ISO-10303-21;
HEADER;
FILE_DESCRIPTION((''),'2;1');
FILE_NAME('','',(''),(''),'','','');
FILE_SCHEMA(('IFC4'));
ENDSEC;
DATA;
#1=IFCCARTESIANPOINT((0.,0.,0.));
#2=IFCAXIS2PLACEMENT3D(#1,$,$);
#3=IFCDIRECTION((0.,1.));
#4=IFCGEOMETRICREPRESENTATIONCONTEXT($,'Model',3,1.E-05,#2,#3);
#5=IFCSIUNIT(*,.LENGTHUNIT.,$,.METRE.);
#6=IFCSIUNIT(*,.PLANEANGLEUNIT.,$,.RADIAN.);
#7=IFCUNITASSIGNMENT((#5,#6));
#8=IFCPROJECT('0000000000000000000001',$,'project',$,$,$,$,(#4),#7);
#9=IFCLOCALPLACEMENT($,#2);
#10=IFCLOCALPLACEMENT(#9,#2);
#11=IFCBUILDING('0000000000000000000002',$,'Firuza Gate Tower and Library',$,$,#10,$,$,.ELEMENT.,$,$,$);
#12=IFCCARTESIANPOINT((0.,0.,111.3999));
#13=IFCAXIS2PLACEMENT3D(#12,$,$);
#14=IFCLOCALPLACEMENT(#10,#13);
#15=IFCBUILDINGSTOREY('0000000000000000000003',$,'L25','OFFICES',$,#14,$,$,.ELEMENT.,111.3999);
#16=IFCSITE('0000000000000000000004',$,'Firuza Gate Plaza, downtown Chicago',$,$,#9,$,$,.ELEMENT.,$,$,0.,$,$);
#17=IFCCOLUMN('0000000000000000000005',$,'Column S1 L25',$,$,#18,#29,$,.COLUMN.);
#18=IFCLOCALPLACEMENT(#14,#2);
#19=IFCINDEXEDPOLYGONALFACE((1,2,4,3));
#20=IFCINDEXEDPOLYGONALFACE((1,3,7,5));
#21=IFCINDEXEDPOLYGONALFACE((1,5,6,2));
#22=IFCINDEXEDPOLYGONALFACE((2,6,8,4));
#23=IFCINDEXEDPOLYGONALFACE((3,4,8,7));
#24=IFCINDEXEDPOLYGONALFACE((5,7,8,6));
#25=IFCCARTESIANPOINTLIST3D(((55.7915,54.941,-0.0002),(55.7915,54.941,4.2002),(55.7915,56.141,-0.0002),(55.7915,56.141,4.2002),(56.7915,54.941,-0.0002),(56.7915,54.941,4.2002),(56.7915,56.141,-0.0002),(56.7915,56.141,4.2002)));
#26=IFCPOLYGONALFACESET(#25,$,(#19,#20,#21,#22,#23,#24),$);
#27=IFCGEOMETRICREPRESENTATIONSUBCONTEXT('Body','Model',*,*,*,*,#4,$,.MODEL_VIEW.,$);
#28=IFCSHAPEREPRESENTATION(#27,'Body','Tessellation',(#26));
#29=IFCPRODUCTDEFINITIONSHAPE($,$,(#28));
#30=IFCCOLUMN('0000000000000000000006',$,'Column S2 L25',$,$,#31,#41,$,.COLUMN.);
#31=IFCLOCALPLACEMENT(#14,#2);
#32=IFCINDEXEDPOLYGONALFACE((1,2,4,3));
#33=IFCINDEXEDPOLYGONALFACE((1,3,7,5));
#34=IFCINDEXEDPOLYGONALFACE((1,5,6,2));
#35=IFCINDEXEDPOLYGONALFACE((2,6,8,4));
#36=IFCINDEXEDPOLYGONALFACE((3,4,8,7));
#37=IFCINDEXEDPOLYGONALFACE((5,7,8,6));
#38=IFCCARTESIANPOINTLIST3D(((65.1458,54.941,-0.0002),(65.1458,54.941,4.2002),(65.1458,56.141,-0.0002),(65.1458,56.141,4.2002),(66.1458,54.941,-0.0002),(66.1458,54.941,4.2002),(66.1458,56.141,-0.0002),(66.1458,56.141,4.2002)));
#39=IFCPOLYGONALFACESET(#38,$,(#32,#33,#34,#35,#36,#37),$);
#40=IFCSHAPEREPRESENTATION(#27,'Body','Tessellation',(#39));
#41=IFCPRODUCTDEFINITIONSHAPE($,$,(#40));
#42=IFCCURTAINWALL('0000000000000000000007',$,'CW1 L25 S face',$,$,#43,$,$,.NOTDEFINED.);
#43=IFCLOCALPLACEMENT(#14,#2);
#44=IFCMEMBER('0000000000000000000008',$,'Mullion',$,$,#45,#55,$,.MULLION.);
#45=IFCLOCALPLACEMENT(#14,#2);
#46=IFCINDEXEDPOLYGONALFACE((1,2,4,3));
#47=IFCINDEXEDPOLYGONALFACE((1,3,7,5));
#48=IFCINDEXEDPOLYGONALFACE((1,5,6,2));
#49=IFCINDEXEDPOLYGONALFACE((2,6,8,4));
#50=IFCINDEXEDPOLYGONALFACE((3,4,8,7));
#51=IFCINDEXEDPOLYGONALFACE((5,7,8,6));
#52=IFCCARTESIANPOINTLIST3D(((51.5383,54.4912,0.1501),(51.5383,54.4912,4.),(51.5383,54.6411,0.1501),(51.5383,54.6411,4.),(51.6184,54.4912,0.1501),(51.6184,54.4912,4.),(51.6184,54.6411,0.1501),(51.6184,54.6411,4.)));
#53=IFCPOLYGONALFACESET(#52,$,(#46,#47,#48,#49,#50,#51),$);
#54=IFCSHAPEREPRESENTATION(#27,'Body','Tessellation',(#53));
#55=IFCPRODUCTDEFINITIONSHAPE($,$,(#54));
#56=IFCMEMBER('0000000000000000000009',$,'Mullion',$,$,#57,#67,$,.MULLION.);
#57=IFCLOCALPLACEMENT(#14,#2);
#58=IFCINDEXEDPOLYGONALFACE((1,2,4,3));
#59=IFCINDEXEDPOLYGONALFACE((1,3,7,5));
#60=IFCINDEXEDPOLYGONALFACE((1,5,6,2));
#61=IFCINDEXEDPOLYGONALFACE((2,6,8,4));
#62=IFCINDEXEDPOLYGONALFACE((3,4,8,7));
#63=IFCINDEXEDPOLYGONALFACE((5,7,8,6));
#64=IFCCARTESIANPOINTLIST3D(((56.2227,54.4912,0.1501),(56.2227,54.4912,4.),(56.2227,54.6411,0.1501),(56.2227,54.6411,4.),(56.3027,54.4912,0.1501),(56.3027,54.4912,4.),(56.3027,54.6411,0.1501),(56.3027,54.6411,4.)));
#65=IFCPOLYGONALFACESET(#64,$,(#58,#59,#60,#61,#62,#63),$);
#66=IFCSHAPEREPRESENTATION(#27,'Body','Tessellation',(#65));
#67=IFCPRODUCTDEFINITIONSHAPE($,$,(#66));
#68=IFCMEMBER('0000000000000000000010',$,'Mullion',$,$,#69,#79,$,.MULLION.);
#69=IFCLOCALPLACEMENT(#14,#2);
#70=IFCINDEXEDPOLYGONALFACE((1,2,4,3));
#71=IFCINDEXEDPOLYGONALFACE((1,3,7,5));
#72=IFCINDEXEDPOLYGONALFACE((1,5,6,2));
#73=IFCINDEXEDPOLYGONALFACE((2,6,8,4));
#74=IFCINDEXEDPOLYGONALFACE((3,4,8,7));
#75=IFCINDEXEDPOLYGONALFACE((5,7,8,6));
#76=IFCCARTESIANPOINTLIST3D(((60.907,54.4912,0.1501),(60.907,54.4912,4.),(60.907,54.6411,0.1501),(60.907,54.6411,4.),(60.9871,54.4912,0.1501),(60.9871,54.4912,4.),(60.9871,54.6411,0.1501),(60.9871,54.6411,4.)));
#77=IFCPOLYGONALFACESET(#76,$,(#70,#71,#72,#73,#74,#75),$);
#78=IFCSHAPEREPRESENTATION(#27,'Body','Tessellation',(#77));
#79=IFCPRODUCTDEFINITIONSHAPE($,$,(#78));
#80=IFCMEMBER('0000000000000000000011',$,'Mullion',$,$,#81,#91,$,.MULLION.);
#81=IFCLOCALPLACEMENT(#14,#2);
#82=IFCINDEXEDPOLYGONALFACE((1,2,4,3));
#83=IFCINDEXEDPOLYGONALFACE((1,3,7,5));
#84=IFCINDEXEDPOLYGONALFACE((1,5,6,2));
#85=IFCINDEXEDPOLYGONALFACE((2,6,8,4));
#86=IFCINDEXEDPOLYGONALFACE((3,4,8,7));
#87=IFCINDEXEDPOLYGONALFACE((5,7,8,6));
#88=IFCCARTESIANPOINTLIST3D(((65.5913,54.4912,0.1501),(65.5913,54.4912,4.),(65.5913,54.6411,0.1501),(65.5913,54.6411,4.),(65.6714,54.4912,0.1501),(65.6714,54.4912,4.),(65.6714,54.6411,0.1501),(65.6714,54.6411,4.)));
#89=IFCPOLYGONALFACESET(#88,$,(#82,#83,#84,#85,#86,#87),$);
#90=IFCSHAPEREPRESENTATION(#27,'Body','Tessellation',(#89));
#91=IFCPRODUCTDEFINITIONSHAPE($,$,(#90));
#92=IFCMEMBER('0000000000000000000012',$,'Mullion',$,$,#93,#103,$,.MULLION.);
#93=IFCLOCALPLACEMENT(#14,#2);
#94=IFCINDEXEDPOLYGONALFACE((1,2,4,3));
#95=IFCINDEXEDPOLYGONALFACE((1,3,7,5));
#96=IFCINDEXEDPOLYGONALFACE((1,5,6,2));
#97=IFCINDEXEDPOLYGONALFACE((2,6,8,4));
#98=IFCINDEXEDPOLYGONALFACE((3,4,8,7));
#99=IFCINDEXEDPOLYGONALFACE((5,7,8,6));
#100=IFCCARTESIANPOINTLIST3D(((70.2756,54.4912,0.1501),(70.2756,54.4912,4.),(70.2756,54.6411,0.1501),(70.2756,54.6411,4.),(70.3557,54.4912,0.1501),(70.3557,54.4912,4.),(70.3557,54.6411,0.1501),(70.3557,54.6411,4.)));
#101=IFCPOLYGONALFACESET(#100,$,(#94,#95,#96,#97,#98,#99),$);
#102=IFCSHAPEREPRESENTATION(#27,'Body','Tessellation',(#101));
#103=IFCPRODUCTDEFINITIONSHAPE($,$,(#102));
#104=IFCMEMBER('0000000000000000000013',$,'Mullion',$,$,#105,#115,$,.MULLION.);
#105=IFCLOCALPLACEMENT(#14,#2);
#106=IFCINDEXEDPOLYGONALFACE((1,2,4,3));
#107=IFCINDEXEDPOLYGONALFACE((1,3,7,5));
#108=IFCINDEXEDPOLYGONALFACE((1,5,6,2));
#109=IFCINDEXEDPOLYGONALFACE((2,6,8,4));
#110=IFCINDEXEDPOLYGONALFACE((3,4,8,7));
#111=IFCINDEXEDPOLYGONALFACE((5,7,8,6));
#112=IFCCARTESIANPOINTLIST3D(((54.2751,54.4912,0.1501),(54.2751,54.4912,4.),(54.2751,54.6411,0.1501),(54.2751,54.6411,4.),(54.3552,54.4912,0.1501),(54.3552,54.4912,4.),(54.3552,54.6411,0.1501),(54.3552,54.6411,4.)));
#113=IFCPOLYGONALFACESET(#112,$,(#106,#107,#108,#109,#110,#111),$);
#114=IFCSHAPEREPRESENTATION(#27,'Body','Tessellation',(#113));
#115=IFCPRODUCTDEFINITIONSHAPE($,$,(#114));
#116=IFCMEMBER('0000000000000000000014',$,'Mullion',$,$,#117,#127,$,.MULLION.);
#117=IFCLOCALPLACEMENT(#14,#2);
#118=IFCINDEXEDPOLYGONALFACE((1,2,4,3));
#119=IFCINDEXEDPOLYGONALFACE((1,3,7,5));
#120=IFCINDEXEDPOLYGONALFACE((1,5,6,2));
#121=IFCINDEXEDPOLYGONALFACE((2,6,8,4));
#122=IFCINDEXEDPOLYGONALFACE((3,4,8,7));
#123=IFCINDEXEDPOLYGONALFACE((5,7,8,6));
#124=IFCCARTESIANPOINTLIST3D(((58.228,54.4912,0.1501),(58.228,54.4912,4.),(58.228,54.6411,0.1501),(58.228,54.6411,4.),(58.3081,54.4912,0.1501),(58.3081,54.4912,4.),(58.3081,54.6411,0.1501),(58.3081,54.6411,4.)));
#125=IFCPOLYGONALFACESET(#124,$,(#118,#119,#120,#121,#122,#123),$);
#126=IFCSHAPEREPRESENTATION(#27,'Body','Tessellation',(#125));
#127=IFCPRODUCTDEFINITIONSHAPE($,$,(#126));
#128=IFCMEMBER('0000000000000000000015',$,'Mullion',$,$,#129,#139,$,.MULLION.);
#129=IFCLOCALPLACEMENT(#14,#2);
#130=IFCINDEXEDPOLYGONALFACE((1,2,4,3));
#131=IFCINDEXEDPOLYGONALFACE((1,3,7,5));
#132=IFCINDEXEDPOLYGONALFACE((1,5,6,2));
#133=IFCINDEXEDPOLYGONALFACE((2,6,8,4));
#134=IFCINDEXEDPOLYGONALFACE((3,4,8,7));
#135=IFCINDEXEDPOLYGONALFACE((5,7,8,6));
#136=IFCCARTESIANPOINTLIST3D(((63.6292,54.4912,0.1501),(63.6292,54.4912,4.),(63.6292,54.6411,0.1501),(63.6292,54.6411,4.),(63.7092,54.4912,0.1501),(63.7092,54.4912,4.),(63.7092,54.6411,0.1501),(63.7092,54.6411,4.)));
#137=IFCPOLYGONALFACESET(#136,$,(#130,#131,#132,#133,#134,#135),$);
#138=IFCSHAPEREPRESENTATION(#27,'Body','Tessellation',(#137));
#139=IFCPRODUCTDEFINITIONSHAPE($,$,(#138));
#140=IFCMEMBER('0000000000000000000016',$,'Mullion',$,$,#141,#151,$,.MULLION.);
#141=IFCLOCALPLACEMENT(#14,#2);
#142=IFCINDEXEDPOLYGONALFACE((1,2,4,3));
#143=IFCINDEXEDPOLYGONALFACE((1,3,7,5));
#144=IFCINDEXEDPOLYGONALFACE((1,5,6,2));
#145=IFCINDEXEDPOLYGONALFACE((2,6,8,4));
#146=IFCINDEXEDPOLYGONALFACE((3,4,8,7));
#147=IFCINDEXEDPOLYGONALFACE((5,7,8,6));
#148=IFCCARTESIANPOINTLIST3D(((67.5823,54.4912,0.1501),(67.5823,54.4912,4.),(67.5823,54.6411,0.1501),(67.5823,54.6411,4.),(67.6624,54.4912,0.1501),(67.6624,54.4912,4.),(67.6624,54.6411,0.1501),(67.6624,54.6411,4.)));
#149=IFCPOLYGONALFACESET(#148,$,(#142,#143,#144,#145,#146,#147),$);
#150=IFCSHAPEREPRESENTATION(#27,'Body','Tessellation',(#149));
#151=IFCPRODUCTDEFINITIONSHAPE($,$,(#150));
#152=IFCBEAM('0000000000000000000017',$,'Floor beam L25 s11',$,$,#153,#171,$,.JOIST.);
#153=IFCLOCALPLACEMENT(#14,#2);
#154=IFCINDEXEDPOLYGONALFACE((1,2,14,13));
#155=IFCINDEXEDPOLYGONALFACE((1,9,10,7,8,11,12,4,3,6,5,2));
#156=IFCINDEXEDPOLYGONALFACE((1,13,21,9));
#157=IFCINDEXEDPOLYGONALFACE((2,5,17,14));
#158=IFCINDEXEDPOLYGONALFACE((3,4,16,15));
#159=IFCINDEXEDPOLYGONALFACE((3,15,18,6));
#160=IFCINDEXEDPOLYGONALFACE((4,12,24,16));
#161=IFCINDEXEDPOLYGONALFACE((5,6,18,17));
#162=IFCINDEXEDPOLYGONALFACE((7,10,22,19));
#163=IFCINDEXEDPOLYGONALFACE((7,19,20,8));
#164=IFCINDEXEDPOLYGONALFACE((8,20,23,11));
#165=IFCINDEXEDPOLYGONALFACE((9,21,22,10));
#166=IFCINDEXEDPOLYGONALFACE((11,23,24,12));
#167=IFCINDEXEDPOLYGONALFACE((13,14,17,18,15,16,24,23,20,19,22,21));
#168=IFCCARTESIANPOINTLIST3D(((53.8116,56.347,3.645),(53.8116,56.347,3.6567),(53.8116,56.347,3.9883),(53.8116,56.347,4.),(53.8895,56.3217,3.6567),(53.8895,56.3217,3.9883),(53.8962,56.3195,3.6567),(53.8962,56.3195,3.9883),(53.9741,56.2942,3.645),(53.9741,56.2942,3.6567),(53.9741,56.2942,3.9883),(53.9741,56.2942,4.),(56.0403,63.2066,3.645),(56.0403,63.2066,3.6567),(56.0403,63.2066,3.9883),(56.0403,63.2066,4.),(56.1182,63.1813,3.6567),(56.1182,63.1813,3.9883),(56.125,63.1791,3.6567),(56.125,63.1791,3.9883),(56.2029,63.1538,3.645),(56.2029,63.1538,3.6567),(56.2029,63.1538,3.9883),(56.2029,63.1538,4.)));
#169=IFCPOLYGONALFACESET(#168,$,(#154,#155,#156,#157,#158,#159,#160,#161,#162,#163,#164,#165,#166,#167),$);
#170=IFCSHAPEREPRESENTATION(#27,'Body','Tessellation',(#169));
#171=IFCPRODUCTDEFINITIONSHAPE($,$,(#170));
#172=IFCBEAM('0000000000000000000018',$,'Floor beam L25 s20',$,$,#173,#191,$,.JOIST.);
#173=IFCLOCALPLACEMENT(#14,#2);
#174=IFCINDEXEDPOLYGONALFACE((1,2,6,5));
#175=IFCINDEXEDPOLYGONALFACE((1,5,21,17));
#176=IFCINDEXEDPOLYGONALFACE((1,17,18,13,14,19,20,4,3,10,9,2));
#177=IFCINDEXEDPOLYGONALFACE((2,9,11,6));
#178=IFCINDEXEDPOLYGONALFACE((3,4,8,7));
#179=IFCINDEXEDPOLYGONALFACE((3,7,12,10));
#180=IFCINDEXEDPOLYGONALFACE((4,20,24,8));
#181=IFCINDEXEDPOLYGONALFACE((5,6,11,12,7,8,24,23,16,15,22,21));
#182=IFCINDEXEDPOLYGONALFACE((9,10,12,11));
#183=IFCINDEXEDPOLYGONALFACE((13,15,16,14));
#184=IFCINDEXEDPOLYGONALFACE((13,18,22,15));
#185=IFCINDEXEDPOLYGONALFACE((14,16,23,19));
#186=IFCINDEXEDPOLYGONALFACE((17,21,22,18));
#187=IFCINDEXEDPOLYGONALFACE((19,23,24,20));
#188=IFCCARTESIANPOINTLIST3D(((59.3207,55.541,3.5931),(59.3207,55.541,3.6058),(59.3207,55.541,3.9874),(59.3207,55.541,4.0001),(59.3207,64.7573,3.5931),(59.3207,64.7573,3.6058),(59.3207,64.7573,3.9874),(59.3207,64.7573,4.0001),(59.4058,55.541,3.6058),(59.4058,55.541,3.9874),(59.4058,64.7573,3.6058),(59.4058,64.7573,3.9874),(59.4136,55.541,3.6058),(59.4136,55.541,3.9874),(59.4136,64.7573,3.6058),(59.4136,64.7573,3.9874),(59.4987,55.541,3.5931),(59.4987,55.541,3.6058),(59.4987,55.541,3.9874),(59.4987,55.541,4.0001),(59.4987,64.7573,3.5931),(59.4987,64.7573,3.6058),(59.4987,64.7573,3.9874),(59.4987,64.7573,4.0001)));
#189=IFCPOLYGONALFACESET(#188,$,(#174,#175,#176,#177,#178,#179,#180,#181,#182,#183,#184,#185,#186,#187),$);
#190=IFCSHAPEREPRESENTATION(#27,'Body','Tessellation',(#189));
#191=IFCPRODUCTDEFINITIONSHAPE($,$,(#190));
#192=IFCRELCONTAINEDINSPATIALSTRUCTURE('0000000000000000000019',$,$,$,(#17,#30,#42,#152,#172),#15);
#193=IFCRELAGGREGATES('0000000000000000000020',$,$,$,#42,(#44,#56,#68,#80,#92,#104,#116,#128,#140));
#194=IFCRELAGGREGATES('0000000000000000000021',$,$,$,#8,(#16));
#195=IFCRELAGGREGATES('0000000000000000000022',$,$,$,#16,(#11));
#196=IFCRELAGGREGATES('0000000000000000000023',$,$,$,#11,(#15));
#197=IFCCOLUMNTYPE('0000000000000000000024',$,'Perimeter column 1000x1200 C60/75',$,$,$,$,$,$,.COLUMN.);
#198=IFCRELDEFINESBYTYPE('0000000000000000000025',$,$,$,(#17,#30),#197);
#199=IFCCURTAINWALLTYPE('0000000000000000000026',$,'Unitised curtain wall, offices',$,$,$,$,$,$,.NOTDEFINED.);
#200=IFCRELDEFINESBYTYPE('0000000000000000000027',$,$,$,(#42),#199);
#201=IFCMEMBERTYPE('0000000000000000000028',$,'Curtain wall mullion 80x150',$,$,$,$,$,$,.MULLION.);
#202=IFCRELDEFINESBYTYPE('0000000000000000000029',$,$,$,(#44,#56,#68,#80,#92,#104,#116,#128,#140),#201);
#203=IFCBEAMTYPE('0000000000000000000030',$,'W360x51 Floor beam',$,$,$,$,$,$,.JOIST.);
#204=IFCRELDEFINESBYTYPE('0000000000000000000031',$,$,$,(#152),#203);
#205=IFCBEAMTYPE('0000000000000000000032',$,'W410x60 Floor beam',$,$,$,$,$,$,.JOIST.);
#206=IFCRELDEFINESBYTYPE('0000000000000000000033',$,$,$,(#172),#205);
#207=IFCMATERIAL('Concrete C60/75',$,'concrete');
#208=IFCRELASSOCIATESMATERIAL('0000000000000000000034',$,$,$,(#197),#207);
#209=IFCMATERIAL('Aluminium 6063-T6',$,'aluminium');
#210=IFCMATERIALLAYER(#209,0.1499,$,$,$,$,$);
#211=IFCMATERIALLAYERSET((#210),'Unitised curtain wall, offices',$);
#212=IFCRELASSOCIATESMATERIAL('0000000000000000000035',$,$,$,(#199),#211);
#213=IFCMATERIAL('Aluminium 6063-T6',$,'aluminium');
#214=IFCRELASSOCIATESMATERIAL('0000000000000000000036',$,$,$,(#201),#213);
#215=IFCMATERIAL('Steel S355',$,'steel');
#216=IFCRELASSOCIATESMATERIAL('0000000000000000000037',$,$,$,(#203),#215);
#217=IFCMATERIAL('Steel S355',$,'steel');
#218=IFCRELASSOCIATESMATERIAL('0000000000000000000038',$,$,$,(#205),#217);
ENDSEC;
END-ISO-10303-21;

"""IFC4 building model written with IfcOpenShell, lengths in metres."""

from ifc_helpers import new_model, si_unit, direction, frame, origin, origin_2d, place, context, subcontext, project, spatial, rectangle, i_section, extrude, material, layer, layer_set, material_profile, profile_set, type_object, element, aggregate, save


model = new_model("IFC4")

# Units and contexts
model_context = context("Model", 3, precision=1e-05, world=origin(), true_north=direction((0.0, 1.0)))
body_context = subcontext(model_context, "Body", "Model", "MODEL_VIEW")
ifc_project = project(units=[si_unit("LENGTHUNIT", "METRE"), si_unit("PLANEANGLEUNIT", "RADIAN")], contexts=[model_context])

# Site, building, storey
site_placement = place(None, origin())
site = spatial("IfcSite", under=ifc_project, at=site_placement, Name="Firuza Gate Plaza, downtown Chicago", CompositionType="ELEMENT", RefElevation=0.0)
building_placement = place(site_placement, origin())
building = spatial("IfcBuilding", under=site, at=building_placement, Name="Firuza Gate Tower and Library", CompositionType="ELEMENT")
storey_placement = place(building_placement, frame((0.0, 0.0, 111.3999)))
storey = spatial("IfcBuildingStorey", under=building, at=storey_placement, Name="L25", Description="OFFICES", CompositionType="ELEMENT", Elevation=111.3999)

# Columns
ifc_material_1 = material(Name="Concrete C60/75", Category="concrete")
ifc_material_profile_1 = material_profile(ifc_material_1, rectangle(XDim=1.0, YDim=1.2, at=origin_2d()))
ifc_profile_set_1 = profile_set([ifc_material_profile_1], Name="Concrete C60/75")
column_type = type_object("IfcColumnType", Name="Perimeter column 1000x1200 C60/75", PredefinedType="COLUMN", material=ifc_profile_set_1)
for number, where, z_axis, x_axis, name in (
    (1, (56.2915, 55.541, -0.0002), (0.0, 0.0, 1.0), (1.0, 0.0, 0.0), "Column S1 L25"),
    (2, (65.6458, 55.541, -0.0002), (0.0, 0.0, 1.0), (1.0, 0.0, 0.0), "Column S2 L25"),
):
    element("IfcColumn", number, at=place(storey_placement, frame(where, z_axis=z_axis, x_axis=x_axis)), inside=storey, type_object=column_type, Name=name, PredefinedType="COLUMN", context=body_context, shape_type="SweptSolid", body=[
        extrude(rectangle(XDim=1.0, YDim=1.2, at=origin_2d()), origin(), (0.0, 0.0, 1.0), 4.2004),
    ])

# Curtain wall, members
ifc_material_2 = material(Name="Aluminium 6063-T6", Category="aluminium")
ifc_layer_1 = layer(ifc_material_2, 0.1499)
ifc_layer_set_1 = layer_set([ifc_layer_1], Name="Unitised curtain wall, offices")
curtain_wall_type = type_object("IfcCurtainWallType", Name="Unitised curtain wall, offices", PredefinedType="NOTDEFINED", material=ifc_layer_set_1)
curtain_wall_placement = place(storey_placement, origin())
curtain_wall = element("IfcCurtainWall", 3, at=curtain_wall_placement, inside=storey, type_object=curtain_wall_type, Name="CW1 L25 S face", PredefinedType="NOTDEFINED")
ifc_material_3 = material(Name="Aluminium 6063-T6", Category="aluminium")
ifc_material_profile_2 = material_profile(ifc_material_3, rectangle(XDim=0.1499, YDim=0.0801, at=origin_2d()))
ifc_profile_set_2 = profile_set([ifc_material_profile_2], Name="Aluminium 6063-T6")
member_type = type_object("IfcMemberType", Name="Curtain wall mullion 80x150", PredefinedType="MULLION", material=ifc_profile_set_2)
member_1_placement = place(storey_placement, frame((51.5784, 54.5662, 0.1501), z_axis=(0.0, 0.0, 1.0), x_axis=(0.0, 1.0, 0.0)))
member_1 = element("IfcMember", 4, at=member_1_placement, type_object=member_type, Name="Mullion", PredefinedType="MULLION", context=body_context, shape_type="SweptSolid", body=[
    extrude(rectangle(XDim=0.1499, YDim=0.0801, at=origin_2d()), origin(), (0.0, 0.0, 1.0), 3.8499),
])
member_2_placement = place(storey_placement, frame((56.2627, 54.5662, 0.1501), z_axis=(0.0, 0.0, 1.0), x_axis=(0.0, 1.0, 0.0)))
member_2 = element("IfcMember", 5, at=member_2_placement, type_object=member_type, Name="Mullion", PredefinedType="MULLION", context=body_context, shape_type="SweptSolid", body=[
    extrude(rectangle(XDim=0.1499, YDim=0.0801, at=origin_2d()), origin(), (0.0, 0.0, 1.0), 3.8499),
])
member_3_placement = place(storey_placement, frame((60.947, 54.5662, 0.1501), z_axis=(0.0, 0.0, 1.0), x_axis=(0.0, 1.0, 0.0)))
member_3 = element("IfcMember", 6, at=member_3_placement, type_object=member_type, Name="Mullion", PredefinedType="MULLION", context=body_context, shape_type="SweptSolid", body=[
    extrude(rectangle(XDim=0.1499, YDim=0.0801, at=origin_2d()), origin(), (0.0, 0.0, 1.0), 3.8499),
])
member_4_placement = place(storey_placement, frame((65.6313, 54.5662, 0.1501), z_axis=(0.0, 0.0, 1.0), x_axis=(0.0, 1.0, 0.0)))
member_4 = element("IfcMember", 7, at=member_4_placement, type_object=member_type, Name="Mullion", PredefinedType="MULLION", context=body_context, shape_type="SweptSolid", body=[
    extrude(rectangle(XDim=0.1499, YDim=0.0801, at=origin_2d()), origin(), (0.0, 0.0, 1.0), 3.8499),
])
member_5_placement = place(storey_placement, frame((70.3157, 54.5662, 0.1501), z_axis=(0.0, 0.0, 1.0), x_axis=(0.0, 1.0, 0.0)))
member_5 = element("IfcMember", 8, at=member_5_placement, type_object=member_type, Name="Mullion", PredefinedType="MULLION", context=body_context, shape_type="SweptSolid", body=[
    extrude(rectangle(XDim=0.1499, YDim=0.0801, at=origin_2d()), origin(), (0.0, 0.0, 1.0), 3.8499),
])
member_6_placement = place(storey_placement, frame((54.3152, 54.5662, 0.1501), z_axis=(0.0, 0.0, 1.0), x_axis=(0.0, 1.0, 0.0)))
member_6 = element("IfcMember", 9, at=member_6_placement, type_object=member_type, Name="Mullion", PredefinedType="MULLION", context=body_context, shape_type="SweptSolid", body=[
    extrude(rectangle(XDim=0.1499, YDim=0.0801, at=origin_2d()), origin(), (0.0, 0.0, 1.0), 3.8499),
])
member_7_placement = place(storey_placement, frame((58.2681, 54.5662, 0.1501), z_axis=(0.0, 0.0, 1.0), x_axis=(0.0, 1.0, 0.0)))
member_7 = element("IfcMember", 10, at=member_7_placement, type_object=member_type, Name="Mullion", PredefinedType="MULLION", context=body_context, shape_type="SweptSolid", body=[
    extrude(rectangle(XDim=0.1499, YDim=0.0801, at=origin_2d()), origin(), (0.0, 0.0, 1.0), 3.8499),
])
member_8_placement = place(storey_placement, frame((63.6692, 54.5662, 0.1501), z_axis=(0.0, 0.0, 1.0), x_axis=(0.0, 1.0, 0.0)))
member_8 = element("IfcMember", 11, at=member_8_placement, type_object=member_type, Name="Mullion", PredefinedType="MULLION", context=body_context, shape_type="SweptSolid", body=[
    extrude(rectangle(XDim=0.1499, YDim=0.0801, at=origin_2d()), origin(), (0.0, 0.0, 1.0), 3.8499),
])
member_9_placement = place(storey_placement, frame((67.6223, 54.5662, 0.1501), z_axis=(0.0, 0.0, 1.0), x_axis=(0.0, 1.0, 0.0)))
member_9 = element("IfcMember", 12, at=member_9_placement, type_object=member_type, Name="Mullion", PredefinedType="MULLION", context=body_context, shape_type="SweptSolid", body=[
    extrude(rectangle(XDim=0.1499, YDim=0.0801, at=origin_2d()), origin(), (0.0, 0.0, 1.0), 3.8499),
])

# Beams
ifc_material_4 = material(Name="Steel S355", Category="steel")
ifc_material_profile_3 = material_profile(ifc_material_4, i_section(OverallWidth=0.1709, OverallDepth=0.355, WebThickness=0.0071, FlangeThickness=0.0117, at=origin_2d()))
ifc_profile_set_3 = profile_set([ifc_material_profile_3], Name="Steel S355")
beam_type_1 = type_object("IfcBeamType", Name="W360x51 Floor beam", PredefinedType="JOIST", material=ifc_profile_set_3)
beam_1_placement = place(storey_placement, frame((53.8928, 56.3206, 3.8225), z_axis=(0.309009, 0.951059, 0.0), x_axis=(-0.951059, 0.309009, 0.0)))
element("IfcBeam", 13, at=beam_1_placement, inside=storey, type_object=beam_type_1, Name="Floor beam L25 s11", PredefinedType="JOIST", context=body_context, shape_type="SweptSolid", body=[
    extrude(i_section(OverallWidth=0.1709, OverallDepth=0.355, WebThickness=0.0071, FlangeThickness=0.0117, at=origin_2d()), origin(), (0.0, 0.0, 1.0), 7.2126),
])
ifc_material_5 = material(Name="Steel S355", Category="steel")
ifc_material_profile_4 = material_profile(ifc_material_5, i_section(OverallWidth=0.178, OverallDepth=0.407, WebThickness=0.0078, FlangeThickness=0.0127, at=origin_2d()))
ifc_profile_set_4 = profile_set([ifc_material_profile_4], Name="Steel S355")
beam_type_2 = type_object("IfcBeamType", Name="W410x60 Floor beam", PredefinedType="JOIST", material=ifc_profile_set_4)
beam_2_placement = place(storey_placement, frame((59.4097, 55.541, 3.7966), z_axis=(0.0, 1.0, 0.0), x_axis=(-1.0, 0.0, 0.0)))
element("IfcBeam", 14, at=beam_2_placement, inside=storey, type_object=beam_type_2, Name="Floor beam L25 s20", PredefinedType="JOIST", context=body_context, shape_type="SweptSolid", body=[
    extrude(i_section(OverallWidth=0.178, OverallDepth=0.407, WebThickness=0.0078, FlangeThickness=0.0127, at=origin_2d()), origin(), (0.0, 0.0, 1.0), 9.2163),
])

aggregate(curtain_wall, [member_1, member_2, member_3, member_4, member_5, member_6, member_7, member_8, member_9])

save(model, "model.ifc")
